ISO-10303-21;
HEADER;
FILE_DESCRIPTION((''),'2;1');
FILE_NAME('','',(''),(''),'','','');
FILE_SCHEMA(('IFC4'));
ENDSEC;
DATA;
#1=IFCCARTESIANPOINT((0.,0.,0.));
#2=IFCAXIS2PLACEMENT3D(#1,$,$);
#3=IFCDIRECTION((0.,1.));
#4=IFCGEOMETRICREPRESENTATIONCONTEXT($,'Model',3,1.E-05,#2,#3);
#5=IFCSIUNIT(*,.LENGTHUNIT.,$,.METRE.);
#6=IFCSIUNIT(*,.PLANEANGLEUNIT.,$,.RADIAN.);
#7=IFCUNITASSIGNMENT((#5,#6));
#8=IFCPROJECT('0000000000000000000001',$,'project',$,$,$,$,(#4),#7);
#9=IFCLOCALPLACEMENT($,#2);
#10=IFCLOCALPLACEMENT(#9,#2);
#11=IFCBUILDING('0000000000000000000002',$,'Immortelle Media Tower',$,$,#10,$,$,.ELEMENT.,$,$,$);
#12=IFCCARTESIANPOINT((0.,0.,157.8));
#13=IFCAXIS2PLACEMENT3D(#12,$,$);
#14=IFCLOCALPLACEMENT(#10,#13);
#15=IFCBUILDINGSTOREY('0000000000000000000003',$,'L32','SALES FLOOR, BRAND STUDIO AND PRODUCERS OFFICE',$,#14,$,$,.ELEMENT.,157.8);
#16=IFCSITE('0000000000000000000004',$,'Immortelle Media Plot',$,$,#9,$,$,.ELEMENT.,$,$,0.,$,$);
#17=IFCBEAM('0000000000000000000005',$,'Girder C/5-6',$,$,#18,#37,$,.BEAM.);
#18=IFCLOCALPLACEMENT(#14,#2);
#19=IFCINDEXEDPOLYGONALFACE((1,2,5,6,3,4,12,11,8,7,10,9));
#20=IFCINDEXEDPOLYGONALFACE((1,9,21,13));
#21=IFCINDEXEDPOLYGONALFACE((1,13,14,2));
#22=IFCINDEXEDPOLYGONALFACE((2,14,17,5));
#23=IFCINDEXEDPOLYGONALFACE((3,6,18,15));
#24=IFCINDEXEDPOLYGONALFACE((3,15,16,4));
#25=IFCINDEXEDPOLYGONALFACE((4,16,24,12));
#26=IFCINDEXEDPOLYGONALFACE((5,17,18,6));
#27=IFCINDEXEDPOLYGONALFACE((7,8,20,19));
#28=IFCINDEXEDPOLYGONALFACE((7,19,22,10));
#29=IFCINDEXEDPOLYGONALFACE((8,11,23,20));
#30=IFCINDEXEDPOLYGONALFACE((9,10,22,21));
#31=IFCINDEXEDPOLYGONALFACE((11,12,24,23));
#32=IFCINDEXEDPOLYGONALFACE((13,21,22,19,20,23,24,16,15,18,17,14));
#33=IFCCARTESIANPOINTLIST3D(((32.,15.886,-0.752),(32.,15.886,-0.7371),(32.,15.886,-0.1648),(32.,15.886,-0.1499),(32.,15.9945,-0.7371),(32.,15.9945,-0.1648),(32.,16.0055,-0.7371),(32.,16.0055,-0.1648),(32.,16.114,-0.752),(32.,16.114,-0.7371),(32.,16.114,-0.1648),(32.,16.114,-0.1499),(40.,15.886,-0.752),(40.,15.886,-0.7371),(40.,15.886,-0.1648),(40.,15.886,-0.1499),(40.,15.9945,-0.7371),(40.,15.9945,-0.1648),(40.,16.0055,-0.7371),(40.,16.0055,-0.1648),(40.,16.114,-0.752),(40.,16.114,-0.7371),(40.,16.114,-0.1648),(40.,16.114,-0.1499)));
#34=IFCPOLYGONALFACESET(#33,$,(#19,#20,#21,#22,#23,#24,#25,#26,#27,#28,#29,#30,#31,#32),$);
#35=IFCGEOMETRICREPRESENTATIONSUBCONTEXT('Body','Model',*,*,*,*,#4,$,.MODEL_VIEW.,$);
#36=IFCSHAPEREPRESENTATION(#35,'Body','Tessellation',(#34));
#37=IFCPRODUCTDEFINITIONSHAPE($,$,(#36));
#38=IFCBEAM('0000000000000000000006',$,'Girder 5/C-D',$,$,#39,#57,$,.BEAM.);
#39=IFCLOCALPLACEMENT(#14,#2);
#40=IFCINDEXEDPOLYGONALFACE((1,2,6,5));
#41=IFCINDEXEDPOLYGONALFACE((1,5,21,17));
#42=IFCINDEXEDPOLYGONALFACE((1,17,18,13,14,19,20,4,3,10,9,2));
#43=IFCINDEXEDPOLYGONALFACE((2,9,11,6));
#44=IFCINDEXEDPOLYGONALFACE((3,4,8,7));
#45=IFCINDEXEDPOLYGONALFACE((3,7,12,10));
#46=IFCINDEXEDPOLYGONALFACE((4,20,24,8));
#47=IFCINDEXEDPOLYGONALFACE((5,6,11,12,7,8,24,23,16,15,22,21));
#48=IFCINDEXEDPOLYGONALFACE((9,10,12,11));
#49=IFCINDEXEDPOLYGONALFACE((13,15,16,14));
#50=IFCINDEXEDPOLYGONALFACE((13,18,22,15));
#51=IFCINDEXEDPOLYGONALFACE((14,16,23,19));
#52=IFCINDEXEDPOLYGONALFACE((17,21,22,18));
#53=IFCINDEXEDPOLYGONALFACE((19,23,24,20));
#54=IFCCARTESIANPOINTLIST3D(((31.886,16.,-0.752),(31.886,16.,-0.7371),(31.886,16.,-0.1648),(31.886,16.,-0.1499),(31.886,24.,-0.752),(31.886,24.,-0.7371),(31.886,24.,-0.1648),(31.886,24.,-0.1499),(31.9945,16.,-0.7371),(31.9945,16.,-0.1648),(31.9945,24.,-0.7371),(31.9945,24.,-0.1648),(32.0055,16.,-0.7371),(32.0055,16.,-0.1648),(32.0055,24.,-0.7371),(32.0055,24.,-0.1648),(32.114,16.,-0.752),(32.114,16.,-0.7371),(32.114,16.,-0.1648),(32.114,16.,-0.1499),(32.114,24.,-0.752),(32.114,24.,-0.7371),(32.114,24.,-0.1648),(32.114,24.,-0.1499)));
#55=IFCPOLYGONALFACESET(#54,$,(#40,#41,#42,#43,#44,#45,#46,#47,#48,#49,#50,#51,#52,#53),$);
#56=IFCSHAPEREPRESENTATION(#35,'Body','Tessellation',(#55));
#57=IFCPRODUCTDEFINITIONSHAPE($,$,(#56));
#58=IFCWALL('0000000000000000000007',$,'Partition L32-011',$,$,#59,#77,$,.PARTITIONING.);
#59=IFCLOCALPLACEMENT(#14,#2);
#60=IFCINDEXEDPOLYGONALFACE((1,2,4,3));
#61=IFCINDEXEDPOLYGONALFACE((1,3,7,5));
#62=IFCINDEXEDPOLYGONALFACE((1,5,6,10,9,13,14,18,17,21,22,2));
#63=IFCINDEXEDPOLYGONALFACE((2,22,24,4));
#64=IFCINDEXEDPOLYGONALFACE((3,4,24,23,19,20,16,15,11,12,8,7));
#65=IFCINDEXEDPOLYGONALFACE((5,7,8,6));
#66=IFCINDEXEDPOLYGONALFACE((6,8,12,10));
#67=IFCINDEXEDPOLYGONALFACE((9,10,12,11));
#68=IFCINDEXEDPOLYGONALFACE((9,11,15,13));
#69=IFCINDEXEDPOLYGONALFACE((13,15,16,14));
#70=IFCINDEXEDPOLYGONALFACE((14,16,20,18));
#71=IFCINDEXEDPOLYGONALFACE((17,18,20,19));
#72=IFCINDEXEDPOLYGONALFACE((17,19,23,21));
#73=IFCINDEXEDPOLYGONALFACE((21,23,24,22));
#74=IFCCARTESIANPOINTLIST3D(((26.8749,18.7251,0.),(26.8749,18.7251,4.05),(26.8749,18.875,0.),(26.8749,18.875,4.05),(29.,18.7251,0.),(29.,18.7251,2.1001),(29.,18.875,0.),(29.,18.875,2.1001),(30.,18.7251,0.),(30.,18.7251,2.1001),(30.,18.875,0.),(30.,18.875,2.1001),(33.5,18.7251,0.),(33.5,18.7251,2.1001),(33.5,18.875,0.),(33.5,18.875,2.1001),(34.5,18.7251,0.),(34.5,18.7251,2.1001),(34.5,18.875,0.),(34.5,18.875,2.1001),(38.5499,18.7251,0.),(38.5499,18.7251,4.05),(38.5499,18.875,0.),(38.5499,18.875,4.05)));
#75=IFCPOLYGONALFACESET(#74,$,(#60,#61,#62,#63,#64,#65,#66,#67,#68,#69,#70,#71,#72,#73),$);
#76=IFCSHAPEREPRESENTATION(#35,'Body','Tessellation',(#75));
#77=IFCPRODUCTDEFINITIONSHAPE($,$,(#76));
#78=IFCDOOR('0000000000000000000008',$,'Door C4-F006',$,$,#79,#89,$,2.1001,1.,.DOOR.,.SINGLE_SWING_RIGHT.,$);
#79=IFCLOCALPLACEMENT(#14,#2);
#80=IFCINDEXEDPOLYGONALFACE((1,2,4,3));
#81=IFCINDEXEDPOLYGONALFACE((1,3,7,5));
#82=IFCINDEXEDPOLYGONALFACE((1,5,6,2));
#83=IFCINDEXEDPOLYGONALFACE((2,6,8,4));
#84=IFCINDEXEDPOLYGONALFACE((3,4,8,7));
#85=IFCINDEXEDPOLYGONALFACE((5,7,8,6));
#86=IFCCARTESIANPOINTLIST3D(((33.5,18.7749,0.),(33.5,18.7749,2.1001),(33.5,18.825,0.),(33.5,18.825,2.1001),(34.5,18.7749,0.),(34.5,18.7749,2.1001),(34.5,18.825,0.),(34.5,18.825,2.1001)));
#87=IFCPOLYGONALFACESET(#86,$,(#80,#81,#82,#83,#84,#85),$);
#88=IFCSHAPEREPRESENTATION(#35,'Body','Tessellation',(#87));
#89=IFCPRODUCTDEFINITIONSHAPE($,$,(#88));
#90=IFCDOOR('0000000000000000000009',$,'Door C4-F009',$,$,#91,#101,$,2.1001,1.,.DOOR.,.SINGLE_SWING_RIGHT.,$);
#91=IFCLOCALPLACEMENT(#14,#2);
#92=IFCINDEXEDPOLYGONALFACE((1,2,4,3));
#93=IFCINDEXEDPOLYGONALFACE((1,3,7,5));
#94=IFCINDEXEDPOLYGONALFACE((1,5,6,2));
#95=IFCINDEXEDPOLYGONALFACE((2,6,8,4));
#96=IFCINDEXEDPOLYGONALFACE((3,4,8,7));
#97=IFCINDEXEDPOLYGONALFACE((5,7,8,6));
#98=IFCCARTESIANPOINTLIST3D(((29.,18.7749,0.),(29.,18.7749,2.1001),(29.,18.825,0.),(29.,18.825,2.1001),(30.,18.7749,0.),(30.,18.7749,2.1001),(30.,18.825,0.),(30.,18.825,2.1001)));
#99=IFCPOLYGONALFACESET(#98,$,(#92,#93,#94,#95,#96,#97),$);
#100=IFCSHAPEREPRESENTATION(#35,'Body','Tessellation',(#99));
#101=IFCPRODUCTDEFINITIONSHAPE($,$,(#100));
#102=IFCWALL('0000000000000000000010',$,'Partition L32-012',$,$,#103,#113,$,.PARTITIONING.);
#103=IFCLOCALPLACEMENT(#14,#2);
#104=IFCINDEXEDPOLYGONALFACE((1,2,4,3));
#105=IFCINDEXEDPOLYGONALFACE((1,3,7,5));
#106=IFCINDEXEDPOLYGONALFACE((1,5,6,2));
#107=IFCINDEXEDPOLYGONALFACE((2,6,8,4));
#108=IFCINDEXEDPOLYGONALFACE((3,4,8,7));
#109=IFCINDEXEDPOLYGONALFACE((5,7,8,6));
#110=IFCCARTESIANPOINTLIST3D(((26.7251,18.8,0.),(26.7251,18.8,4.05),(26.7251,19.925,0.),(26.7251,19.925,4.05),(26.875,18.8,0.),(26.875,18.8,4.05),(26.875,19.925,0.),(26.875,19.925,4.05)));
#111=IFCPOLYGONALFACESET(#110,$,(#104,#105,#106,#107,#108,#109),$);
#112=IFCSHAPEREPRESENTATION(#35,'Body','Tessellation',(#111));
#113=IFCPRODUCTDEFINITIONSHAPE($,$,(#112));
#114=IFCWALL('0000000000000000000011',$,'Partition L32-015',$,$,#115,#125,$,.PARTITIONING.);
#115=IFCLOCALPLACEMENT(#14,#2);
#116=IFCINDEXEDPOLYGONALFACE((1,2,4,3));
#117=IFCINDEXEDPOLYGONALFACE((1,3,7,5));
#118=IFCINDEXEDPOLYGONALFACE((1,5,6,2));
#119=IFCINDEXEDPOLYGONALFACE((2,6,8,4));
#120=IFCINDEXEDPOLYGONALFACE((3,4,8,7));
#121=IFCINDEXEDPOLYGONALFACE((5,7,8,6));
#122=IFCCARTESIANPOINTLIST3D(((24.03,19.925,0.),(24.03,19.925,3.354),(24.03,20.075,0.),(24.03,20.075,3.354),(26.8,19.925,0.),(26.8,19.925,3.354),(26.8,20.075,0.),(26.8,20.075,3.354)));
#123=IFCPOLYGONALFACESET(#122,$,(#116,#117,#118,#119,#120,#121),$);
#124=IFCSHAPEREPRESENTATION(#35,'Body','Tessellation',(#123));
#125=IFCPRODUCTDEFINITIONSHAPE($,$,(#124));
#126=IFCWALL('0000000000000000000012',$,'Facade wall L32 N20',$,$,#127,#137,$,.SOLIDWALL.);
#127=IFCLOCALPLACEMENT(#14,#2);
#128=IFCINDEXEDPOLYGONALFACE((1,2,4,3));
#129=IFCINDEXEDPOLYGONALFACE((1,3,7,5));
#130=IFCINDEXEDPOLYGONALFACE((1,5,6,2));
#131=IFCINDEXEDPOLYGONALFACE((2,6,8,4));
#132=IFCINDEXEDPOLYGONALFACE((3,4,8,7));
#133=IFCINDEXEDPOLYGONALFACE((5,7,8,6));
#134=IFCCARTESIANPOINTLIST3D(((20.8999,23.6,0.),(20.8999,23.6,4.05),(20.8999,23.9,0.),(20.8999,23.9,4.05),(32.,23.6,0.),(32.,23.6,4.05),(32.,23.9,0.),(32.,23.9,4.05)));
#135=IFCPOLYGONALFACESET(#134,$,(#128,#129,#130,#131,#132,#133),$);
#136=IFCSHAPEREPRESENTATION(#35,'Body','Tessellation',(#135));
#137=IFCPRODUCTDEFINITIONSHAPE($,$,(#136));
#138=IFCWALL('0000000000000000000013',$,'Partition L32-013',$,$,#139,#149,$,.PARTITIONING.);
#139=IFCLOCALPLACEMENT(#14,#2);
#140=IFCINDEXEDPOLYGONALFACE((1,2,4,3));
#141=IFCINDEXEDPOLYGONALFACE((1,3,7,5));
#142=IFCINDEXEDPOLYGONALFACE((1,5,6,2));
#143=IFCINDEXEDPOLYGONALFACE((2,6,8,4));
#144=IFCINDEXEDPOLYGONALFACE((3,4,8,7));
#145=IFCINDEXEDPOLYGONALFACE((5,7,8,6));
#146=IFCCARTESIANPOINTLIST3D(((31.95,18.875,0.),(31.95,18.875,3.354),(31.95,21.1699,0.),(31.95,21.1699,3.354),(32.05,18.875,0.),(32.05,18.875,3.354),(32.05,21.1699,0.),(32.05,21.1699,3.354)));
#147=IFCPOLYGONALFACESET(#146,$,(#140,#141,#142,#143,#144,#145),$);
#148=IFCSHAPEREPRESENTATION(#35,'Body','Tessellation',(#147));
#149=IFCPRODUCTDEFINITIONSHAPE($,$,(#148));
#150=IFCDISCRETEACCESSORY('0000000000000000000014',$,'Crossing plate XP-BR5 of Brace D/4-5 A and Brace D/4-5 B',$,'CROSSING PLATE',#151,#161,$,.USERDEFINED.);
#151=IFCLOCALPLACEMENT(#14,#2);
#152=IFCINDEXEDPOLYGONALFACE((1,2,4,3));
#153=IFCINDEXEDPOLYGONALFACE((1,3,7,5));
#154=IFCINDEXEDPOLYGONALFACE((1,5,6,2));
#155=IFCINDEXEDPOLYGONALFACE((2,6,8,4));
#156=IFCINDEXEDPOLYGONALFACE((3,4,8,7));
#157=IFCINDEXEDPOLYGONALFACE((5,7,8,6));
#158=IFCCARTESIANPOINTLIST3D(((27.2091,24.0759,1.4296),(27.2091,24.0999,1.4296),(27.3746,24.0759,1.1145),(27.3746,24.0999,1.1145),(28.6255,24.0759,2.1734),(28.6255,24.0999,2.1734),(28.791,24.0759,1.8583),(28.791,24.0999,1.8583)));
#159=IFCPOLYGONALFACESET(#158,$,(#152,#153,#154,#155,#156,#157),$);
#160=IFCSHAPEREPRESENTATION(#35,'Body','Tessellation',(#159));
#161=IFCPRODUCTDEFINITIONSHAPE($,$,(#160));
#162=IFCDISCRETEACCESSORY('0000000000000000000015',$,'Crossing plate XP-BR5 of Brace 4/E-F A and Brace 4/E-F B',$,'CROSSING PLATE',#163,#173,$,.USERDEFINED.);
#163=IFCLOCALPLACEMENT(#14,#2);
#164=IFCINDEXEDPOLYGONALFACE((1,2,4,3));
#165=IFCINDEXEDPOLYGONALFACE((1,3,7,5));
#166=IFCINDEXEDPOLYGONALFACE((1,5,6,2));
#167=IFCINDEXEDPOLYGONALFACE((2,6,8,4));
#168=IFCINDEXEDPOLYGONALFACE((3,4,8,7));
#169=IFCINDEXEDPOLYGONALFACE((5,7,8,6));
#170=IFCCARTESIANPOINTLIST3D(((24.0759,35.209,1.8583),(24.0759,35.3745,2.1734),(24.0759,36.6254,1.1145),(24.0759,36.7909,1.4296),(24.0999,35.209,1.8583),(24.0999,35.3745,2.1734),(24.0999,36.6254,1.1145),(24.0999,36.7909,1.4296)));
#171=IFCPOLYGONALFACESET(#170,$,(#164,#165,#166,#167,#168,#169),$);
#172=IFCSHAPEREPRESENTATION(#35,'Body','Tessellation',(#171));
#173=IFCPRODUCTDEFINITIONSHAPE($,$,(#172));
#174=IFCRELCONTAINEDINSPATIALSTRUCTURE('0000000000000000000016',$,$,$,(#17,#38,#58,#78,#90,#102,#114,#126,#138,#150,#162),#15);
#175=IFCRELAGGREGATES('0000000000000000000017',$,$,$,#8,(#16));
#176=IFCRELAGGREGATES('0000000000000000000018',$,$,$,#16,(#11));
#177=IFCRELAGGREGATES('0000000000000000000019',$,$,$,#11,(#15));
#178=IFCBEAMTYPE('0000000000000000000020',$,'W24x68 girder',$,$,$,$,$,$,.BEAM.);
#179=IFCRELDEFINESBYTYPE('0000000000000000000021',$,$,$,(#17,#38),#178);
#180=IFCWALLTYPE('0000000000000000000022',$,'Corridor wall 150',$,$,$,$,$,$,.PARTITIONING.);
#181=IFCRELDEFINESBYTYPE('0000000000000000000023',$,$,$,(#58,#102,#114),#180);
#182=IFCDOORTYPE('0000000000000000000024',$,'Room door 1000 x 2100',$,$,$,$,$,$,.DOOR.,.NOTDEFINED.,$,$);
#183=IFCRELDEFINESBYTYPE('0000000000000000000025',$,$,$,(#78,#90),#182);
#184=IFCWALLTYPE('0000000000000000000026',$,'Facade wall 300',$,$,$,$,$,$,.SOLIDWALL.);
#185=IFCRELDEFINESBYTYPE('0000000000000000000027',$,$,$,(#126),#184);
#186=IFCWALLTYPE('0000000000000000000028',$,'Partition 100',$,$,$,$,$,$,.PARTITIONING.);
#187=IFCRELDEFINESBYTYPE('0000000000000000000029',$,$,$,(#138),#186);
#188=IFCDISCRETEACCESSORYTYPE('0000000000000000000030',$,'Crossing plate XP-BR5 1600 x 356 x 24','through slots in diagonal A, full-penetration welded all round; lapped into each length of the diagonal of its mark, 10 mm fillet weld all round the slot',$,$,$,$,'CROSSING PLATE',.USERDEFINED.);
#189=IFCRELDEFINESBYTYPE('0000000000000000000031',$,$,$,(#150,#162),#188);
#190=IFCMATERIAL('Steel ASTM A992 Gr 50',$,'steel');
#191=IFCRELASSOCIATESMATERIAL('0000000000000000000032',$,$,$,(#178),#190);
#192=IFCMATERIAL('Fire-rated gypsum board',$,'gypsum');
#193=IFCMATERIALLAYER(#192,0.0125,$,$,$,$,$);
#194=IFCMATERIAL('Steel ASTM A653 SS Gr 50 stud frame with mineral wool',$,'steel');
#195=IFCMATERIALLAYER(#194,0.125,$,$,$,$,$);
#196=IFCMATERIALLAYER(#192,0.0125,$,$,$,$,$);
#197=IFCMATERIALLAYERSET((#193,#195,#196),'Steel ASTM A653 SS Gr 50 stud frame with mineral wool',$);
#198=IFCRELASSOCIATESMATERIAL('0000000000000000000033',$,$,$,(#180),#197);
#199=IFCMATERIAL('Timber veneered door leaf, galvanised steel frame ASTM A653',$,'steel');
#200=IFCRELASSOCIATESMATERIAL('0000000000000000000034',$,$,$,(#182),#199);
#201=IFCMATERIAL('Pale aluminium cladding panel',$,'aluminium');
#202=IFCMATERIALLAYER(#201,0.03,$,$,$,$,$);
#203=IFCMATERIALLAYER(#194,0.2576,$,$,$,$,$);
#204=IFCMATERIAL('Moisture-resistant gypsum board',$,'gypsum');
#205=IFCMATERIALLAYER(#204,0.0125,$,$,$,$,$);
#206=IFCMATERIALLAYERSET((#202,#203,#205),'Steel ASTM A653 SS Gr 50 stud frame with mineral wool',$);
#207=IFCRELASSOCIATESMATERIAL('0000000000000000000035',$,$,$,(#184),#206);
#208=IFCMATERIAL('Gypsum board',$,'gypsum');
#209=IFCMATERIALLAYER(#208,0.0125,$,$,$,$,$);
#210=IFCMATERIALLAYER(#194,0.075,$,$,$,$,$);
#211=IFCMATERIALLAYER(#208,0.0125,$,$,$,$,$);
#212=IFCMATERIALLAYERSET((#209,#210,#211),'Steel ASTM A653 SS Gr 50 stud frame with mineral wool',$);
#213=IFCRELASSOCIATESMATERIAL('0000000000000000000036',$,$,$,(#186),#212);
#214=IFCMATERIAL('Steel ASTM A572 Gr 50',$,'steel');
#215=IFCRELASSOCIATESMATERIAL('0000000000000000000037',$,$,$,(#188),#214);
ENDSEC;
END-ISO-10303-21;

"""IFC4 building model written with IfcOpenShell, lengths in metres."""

from ifc_helpers import new_model, si_unit, direction, frame, frame_2d, origin, origin_2d, place, context, subcontext, project, spatial, rectangle, i_section, extrude, material, layer, layer_set, material_profile, profile_set, type_object, element, fill, save


model = new_model("IFC4")

# Units and contexts
model_context = context("Model", 3, precision=1e-05, world=origin(), true_north=direction((0.0, 1.0)))
body_context = subcontext(model_context, "Body", "Model", "MODEL_VIEW")
ifc_project = project(units=[si_unit("LENGTHUNIT", "METRE"), si_unit("PLANEANGLEUNIT", "RADIAN")], contexts=[model_context])

# Site, building, storey
site_placement = place(None, origin())
site = spatial("IfcSite", under=ifc_project, at=site_placement, Name="Immortelle Media Plot", CompositionType="ELEMENT", RefElevation=0.0)
building_placement = place(site_placement, origin())
building = spatial("IfcBuilding", under=site, at=building_placement, Name="Immortelle Media Tower", CompositionType="ELEMENT")
storey_placement = place(building_placement, frame((0.0, 0.0, 157.8)))
storey = spatial("IfcBuildingStorey", under=building, at=storey_placement, Name="L32", Description="SALES FLOOR, BRAND STUDIO AND PRODUCERS OFFICE", CompositionType="ELEMENT", Elevation=157.8)

# Shared definitions
ifc_material_1 = material(Name="Steel ASTM A992 Gr 50", Category="steel")

# Beams
ifc_material_profile_1 = material_profile(ifc_material_1, i_section(OverallWidth=0.228, OverallDepth=0.6021, WebThickness=0.011, FlangeThickness=0.0149, at=origin_2d()), Name="W24x68")
ifc_profile_set_1 = profile_set([ifc_material_profile_1], Name="Steel ASTM A992 Gr 50")
beam_type_1 = type_object("IfcBeamType", Name="W24x68 girder", PredefinedType="BEAM", material=ifc_profile_set_1)
for number, where, z_axis, x_axis, name in (
    (1, (32.0, 16.0, -0.4509), (1.0, 0.0, 0.0), (0.0, 1.0, 0.0), "Girder C/5-6"),
    (2, (32.0, 16.0, -0.4509), (0.0, 1.0, 0.0), (-1.0, 0.0, 0.0), "Girder 5/C-D"),
):
    element("IfcBeam", number, at=place(storey_placement, frame(where, z_axis=z_axis, x_axis=x_axis)), inside=storey, type_object=beam_type_1, Name=name, PredefinedType="BEAM", context=body_context, shape_type="SweptSolid", body=[
        extrude(i_section(OverallWidth=0.228, OverallDepth=0.6021, WebThickness=0.011, FlangeThickness=0.0149, at=origin_2d()), origin(), (0.0, 0.0, 1.0), 8.0),
    ])

# Wall, openings, doors
ifc_material_2 = material(Name="Fire-rated gypsum board", Category="gypsum")
ifc_layer_1 = layer(ifc_material_2, 0.0125)
ifc_material_3 = material(Name="Steel ASTM A653 SS Gr 50 stud frame with mineral wool", Category="steel")
ifc_layer_2 = layer(ifc_material_3, 0.125)
ifc_layer_3 = layer(ifc_material_2, 0.0125)
ifc_layer_set_1 = layer_set([ifc_layer_1, ifc_layer_2, ifc_layer_3], Name="Steel ASTM A653 SS Gr 50 stud frame with mineral wool")
wall_type_1 = type_object("IfcWallType", Name="Corridor wall 150", PredefinedType="PARTITIONING", material=ifc_layer_set_1)
wall_1_placement = place(storey_placement, frame((26.875, 18.8, 0.0), z_axis=(0.0, 0.0, 1.0), x_axis=(1.0, 0.0, 0.0)))
wall_1 = element("IfcWall", 3, at=wall_1_placement, inside=storey, type_object=wall_type_1, Name="Partition L32-011", PredefinedType="PARTITIONING", context=body_context, shape_type="SweptSolid", body=[
    extrude(rectangle(XDim=11.675, YDim=0.1499, at=frame_2d((5.8374, 0.0))), origin(), (0.0, 0.0, 1.0), 4.05),
])
opening_1_placement = place(wall_1_placement, frame((6.625, 0.0, 0.0)))
opening_1 = element("IfcOpeningElement", 4, at=opening_1_placement, cuts=wall_1, PredefinedType="OPENING", context=body_context, shape_type="SweptSolid", body=[
    extrude(rectangle(XDim=1.0, YDim=2.1001, at=frame_2d((0.5, 1.05))), frame((0.0, 0.085, 0.0), z_axis=(0.0, -1.0, 0.0), x_axis=(1.0, 0.0, 0.0)), (0.0, 0.0, 1.0), 0.1699),
])
opening_2_placement = place(wall_1_placement, frame((2.125, 0.0, 0.0)))
opening_2 = element("IfcOpeningElement", 5, at=opening_2_placement, cuts=wall_1, PredefinedType="OPENING", context=body_context, shape_type="SweptSolid", body=[
    extrude(rectangle(XDim=1.0, YDim=2.1001, at=frame_2d((0.5, 1.05))), frame((0.0, 0.085, 0.0), z_axis=(0.0, -1.0, 0.0), x_axis=(1.0, 0.0, 0.0)), (0.0, 0.0, 1.0), 0.1699),
])
ifc_material_4 = material(Name="Timber veneered door leaf, galvanised steel frame ASTM A653", Category="steel")
door_type = type_object("IfcDoorType", Name="Room door 1000 x 2100", OperationType="NOTDEFINED", PredefinedType="DOOR", material=ifc_material_4)
door_1_placement = place(opening_1_placement, origin())
door_1 = element("IfcDoor", 6, at=door_1_placement, inside=storey, type_object=door_type, Name="Door C4-F006", OperationType="SINGLE_SWING_RIGHT", OverallHeight=2.1001, OverallWidth=1.0, PredefinedType="DOOR", context=body_context, shape_type="SweptSolid", body=[
    extrude(rectangle(XDim=1.0, YDim=2.1001, at=frame_2d((0.5, 1.05))), frame((0.0, 0.0249, 0.0), z_axis=(0.0, -1.0, 0.0), x_axis=(1.0, 0.0, 0.0)), (0.0, 0.0, 1.0), 0.05),
])
fill(opening_1, door_1)
door_2_placement = place(opening_2_placement, origin())
door_2 = element("IfcDoor", 7, at=door_2_placement, inside=storey, type_object=door_type, Name="Door C4-F009", OperationType="SINGLE_SWING_RIGHT", OverallHeight=2.1001, OverallWidth=1.0, PredefinedType="DOOR", context=body_context, shape_type="SweptSolid", body=[
    extrude(rectangle(XDim=1.0, YDim=2.1001, at=frame_2d((0.5, 1.05))), frame((0.0, 0.0249, 0.0), z_axis=(0.0, -1.0, 0.0), x_axis=(1.0, 0.0, 0.0)), (0.0, 0.0, 1.0), 0.05),
])
fill(opening_2, door_2)

# Walls
wall_2_placement = place(storey_placement, frame((26.8, 18.8, 0.0), z_axis=(0.0, 0.0, 1.0), x_axis=(0.0, 1.0, 0.0)))
element("IfcWall", 8, at=wall_2_placement, inside=storey, type_object=wall_type_1, Name="Partition L32-012", PredefinedType="PARTITIONING", context=body_context, shape_type="SweptSolid", body=[
    extrude(rectangle(XDim=1.125, YDim=0.1499, at=frame_2d((0.5625, 0.0))), origin(), (0.0, 0.0, 1.0), 4.05),
])
wall_3_placement = place(storey_placement, frame((24.03, 20.0, 0.0), z_axis=(0.0, 0.0, 1.0), x_axis=(1.0, 0.0, 0.0)))
element("IfcWall", 9, at=wall_3_placement, inside=storey, type_object=wall_type_1, Name="Partition L32-015", PredefinedType="PARTITIONING", context=body_context, shape_type="SweptSolid", body=[
    extrude(rectangle(XDim=2.77, YDim=0.1499, at=frame_2d((1.385, 0.0))), origin(), (0.0, 0.0, 1.0), 3.354),
])
ifc_material_5 = material(Name="Pale aluminium cladding panel", Category="aluminium")
ifc_layer_4 = layer(ifc_material_5, 0.03)
ifc_layer_5 = layer(ifc_material_3, 0.2576)
ifc_material_6 = material(Name="Moisture-resistant gypsum board", Category="gypsum")
ifc_layer_6 = layer(ifc_material_6, 0.0125)
ifc_layer_set_2 = layer_set([ifc_layer_4, ifc_layer_5, ifc_layer_6], Name="Steel ASTM A653 SS Gr 50 stud frame with mineral wool")
wall_type_2 = type_object("IfcWallType", Name="Facade wall 300", PredefinedType="SOLIDWALL", material=ifc_layer_set_2)
wall_4_placement = place(storey_placement, frame((32.0, 23.75, 0.0), z_axis=(0.0, 0.0, 1.0), x_axis=(-1.0, 0.0, 0.0)))
element("IfcWall", 10, at=wall_4_placement, inside=storey, type_object=wall_type_2, Name="Facade wall L32 N20", PredefinedType="SOLIDWALL", context=body_context, shape_type="SweptSolid", body=[
    extrude(rectangle(XDim=11.1001, YDim=0.3, at=frame_2d((5.55, 0.0))), origin(), (0.0, 0.0, 1.0), 4.05),
])
ifc_material_7 = material(Name="Gypsum board", Category="gypsum")
ifc_layer_7 = layer(ifc_material_7, 0.0125)
ifc_layer_8 = layer(ifc_material_3, 0.075)
ifc_layer_9 = layer(ifc_material_7, 0.0125)
ifc_layer_set_3 = layer_set([ifc_layer_7, ifc_layer_8, ifc_layer_9], Name="Steel ASTM A653 SS Gr 50 stud frame with mineral wool")
wall_type_3 = type_object("IfcWallType", Name="Partition 100", PredefinedType="PARTITIONING", material=ifc_layer_set_3)
wall_5_placement = place(storey_placement, frame((32.0, 18.875, 0.0), z_axis=(0.0, 0.0, 1.0), x_axis=(0.0, 1.0, 0.0)))
element("IfcWall", 11, at=wall_5_placement, inside=storey, type_object=wall_type_3, Name="Partition L32-013", PredefinedType="PARTITIONING", context=body_context, shape_type="SweptSolid", body=[
    extrude(rectangle(XDim=2.2949, YDim=0.1001, at=frame_2d((1.1475, 0.0))), origin(), (0.0, 0.0, 1.0), 3.354),
])

# Discrete accessories
ifc_material_8 = material(Name="Steel ASTM A572 Gr 50", Category="steel")
ifc_material_profile_2 = material_profile(ifc_material_8, rectangle(XDim=0.0239, YDim=0.356, at=origin_2d()), Name="PL 24 x 356")
ifc_profile_set_2 = profile_set([ifc_material_profile_2], Name="Steel ASTM A572 Gr 50")
discrete_accessory_type_1 = type_object("IfcDiscreteAccessoryType", Name="Crossing plate XP-BR5 1600 x 356 x 24", Description="through slots in diagonal A, full-penetration welded all round; lapped into each length of the diagonal of its mark, 10 mm fillet weld all round the slot", ElementType="CROSSING PLATE", PredefinedType="USERDEFINED", material=ifc_profile_set_2)
for number, where, z_axis, x_axis, name in (
    (12, (28.7083, 24.0879, 2.0159), (-0.885338, 0.0, -0.464948), (0.0, -1.0, 0.0), "Crossing plate XP-BR5 of Brace D/4-5 A and Brace D/4-5 B"),
    (13, (24.0879, 35.2917, 2.0159), (0.0, 0.885338, -0.464948), (-1.0, 0.0, 0.0), "Crossing plate XP-BR5 of Brace 4/E-F A and Brace 4/E-F B"),
):
    element("IfcDiscreteAccessory", number, at=place(storey_placement, frame(where, z_axis=z_axis, x_axis=x_axis)), inside=storey, type_object=discrete_accessory_type_1, Name=name, ObjectType="CROSSING PLATE", PredefinedType="USERDEFINED", context=body_context, shape_type="SweptSolid", body=[
        extrude(rectangle(XDim=0.0239, YDim=0.356, at=origin_2d()), origin(), (0.0, 0.0, 1.0), 1.5999),
    ])

save(model, "model.ifc")
